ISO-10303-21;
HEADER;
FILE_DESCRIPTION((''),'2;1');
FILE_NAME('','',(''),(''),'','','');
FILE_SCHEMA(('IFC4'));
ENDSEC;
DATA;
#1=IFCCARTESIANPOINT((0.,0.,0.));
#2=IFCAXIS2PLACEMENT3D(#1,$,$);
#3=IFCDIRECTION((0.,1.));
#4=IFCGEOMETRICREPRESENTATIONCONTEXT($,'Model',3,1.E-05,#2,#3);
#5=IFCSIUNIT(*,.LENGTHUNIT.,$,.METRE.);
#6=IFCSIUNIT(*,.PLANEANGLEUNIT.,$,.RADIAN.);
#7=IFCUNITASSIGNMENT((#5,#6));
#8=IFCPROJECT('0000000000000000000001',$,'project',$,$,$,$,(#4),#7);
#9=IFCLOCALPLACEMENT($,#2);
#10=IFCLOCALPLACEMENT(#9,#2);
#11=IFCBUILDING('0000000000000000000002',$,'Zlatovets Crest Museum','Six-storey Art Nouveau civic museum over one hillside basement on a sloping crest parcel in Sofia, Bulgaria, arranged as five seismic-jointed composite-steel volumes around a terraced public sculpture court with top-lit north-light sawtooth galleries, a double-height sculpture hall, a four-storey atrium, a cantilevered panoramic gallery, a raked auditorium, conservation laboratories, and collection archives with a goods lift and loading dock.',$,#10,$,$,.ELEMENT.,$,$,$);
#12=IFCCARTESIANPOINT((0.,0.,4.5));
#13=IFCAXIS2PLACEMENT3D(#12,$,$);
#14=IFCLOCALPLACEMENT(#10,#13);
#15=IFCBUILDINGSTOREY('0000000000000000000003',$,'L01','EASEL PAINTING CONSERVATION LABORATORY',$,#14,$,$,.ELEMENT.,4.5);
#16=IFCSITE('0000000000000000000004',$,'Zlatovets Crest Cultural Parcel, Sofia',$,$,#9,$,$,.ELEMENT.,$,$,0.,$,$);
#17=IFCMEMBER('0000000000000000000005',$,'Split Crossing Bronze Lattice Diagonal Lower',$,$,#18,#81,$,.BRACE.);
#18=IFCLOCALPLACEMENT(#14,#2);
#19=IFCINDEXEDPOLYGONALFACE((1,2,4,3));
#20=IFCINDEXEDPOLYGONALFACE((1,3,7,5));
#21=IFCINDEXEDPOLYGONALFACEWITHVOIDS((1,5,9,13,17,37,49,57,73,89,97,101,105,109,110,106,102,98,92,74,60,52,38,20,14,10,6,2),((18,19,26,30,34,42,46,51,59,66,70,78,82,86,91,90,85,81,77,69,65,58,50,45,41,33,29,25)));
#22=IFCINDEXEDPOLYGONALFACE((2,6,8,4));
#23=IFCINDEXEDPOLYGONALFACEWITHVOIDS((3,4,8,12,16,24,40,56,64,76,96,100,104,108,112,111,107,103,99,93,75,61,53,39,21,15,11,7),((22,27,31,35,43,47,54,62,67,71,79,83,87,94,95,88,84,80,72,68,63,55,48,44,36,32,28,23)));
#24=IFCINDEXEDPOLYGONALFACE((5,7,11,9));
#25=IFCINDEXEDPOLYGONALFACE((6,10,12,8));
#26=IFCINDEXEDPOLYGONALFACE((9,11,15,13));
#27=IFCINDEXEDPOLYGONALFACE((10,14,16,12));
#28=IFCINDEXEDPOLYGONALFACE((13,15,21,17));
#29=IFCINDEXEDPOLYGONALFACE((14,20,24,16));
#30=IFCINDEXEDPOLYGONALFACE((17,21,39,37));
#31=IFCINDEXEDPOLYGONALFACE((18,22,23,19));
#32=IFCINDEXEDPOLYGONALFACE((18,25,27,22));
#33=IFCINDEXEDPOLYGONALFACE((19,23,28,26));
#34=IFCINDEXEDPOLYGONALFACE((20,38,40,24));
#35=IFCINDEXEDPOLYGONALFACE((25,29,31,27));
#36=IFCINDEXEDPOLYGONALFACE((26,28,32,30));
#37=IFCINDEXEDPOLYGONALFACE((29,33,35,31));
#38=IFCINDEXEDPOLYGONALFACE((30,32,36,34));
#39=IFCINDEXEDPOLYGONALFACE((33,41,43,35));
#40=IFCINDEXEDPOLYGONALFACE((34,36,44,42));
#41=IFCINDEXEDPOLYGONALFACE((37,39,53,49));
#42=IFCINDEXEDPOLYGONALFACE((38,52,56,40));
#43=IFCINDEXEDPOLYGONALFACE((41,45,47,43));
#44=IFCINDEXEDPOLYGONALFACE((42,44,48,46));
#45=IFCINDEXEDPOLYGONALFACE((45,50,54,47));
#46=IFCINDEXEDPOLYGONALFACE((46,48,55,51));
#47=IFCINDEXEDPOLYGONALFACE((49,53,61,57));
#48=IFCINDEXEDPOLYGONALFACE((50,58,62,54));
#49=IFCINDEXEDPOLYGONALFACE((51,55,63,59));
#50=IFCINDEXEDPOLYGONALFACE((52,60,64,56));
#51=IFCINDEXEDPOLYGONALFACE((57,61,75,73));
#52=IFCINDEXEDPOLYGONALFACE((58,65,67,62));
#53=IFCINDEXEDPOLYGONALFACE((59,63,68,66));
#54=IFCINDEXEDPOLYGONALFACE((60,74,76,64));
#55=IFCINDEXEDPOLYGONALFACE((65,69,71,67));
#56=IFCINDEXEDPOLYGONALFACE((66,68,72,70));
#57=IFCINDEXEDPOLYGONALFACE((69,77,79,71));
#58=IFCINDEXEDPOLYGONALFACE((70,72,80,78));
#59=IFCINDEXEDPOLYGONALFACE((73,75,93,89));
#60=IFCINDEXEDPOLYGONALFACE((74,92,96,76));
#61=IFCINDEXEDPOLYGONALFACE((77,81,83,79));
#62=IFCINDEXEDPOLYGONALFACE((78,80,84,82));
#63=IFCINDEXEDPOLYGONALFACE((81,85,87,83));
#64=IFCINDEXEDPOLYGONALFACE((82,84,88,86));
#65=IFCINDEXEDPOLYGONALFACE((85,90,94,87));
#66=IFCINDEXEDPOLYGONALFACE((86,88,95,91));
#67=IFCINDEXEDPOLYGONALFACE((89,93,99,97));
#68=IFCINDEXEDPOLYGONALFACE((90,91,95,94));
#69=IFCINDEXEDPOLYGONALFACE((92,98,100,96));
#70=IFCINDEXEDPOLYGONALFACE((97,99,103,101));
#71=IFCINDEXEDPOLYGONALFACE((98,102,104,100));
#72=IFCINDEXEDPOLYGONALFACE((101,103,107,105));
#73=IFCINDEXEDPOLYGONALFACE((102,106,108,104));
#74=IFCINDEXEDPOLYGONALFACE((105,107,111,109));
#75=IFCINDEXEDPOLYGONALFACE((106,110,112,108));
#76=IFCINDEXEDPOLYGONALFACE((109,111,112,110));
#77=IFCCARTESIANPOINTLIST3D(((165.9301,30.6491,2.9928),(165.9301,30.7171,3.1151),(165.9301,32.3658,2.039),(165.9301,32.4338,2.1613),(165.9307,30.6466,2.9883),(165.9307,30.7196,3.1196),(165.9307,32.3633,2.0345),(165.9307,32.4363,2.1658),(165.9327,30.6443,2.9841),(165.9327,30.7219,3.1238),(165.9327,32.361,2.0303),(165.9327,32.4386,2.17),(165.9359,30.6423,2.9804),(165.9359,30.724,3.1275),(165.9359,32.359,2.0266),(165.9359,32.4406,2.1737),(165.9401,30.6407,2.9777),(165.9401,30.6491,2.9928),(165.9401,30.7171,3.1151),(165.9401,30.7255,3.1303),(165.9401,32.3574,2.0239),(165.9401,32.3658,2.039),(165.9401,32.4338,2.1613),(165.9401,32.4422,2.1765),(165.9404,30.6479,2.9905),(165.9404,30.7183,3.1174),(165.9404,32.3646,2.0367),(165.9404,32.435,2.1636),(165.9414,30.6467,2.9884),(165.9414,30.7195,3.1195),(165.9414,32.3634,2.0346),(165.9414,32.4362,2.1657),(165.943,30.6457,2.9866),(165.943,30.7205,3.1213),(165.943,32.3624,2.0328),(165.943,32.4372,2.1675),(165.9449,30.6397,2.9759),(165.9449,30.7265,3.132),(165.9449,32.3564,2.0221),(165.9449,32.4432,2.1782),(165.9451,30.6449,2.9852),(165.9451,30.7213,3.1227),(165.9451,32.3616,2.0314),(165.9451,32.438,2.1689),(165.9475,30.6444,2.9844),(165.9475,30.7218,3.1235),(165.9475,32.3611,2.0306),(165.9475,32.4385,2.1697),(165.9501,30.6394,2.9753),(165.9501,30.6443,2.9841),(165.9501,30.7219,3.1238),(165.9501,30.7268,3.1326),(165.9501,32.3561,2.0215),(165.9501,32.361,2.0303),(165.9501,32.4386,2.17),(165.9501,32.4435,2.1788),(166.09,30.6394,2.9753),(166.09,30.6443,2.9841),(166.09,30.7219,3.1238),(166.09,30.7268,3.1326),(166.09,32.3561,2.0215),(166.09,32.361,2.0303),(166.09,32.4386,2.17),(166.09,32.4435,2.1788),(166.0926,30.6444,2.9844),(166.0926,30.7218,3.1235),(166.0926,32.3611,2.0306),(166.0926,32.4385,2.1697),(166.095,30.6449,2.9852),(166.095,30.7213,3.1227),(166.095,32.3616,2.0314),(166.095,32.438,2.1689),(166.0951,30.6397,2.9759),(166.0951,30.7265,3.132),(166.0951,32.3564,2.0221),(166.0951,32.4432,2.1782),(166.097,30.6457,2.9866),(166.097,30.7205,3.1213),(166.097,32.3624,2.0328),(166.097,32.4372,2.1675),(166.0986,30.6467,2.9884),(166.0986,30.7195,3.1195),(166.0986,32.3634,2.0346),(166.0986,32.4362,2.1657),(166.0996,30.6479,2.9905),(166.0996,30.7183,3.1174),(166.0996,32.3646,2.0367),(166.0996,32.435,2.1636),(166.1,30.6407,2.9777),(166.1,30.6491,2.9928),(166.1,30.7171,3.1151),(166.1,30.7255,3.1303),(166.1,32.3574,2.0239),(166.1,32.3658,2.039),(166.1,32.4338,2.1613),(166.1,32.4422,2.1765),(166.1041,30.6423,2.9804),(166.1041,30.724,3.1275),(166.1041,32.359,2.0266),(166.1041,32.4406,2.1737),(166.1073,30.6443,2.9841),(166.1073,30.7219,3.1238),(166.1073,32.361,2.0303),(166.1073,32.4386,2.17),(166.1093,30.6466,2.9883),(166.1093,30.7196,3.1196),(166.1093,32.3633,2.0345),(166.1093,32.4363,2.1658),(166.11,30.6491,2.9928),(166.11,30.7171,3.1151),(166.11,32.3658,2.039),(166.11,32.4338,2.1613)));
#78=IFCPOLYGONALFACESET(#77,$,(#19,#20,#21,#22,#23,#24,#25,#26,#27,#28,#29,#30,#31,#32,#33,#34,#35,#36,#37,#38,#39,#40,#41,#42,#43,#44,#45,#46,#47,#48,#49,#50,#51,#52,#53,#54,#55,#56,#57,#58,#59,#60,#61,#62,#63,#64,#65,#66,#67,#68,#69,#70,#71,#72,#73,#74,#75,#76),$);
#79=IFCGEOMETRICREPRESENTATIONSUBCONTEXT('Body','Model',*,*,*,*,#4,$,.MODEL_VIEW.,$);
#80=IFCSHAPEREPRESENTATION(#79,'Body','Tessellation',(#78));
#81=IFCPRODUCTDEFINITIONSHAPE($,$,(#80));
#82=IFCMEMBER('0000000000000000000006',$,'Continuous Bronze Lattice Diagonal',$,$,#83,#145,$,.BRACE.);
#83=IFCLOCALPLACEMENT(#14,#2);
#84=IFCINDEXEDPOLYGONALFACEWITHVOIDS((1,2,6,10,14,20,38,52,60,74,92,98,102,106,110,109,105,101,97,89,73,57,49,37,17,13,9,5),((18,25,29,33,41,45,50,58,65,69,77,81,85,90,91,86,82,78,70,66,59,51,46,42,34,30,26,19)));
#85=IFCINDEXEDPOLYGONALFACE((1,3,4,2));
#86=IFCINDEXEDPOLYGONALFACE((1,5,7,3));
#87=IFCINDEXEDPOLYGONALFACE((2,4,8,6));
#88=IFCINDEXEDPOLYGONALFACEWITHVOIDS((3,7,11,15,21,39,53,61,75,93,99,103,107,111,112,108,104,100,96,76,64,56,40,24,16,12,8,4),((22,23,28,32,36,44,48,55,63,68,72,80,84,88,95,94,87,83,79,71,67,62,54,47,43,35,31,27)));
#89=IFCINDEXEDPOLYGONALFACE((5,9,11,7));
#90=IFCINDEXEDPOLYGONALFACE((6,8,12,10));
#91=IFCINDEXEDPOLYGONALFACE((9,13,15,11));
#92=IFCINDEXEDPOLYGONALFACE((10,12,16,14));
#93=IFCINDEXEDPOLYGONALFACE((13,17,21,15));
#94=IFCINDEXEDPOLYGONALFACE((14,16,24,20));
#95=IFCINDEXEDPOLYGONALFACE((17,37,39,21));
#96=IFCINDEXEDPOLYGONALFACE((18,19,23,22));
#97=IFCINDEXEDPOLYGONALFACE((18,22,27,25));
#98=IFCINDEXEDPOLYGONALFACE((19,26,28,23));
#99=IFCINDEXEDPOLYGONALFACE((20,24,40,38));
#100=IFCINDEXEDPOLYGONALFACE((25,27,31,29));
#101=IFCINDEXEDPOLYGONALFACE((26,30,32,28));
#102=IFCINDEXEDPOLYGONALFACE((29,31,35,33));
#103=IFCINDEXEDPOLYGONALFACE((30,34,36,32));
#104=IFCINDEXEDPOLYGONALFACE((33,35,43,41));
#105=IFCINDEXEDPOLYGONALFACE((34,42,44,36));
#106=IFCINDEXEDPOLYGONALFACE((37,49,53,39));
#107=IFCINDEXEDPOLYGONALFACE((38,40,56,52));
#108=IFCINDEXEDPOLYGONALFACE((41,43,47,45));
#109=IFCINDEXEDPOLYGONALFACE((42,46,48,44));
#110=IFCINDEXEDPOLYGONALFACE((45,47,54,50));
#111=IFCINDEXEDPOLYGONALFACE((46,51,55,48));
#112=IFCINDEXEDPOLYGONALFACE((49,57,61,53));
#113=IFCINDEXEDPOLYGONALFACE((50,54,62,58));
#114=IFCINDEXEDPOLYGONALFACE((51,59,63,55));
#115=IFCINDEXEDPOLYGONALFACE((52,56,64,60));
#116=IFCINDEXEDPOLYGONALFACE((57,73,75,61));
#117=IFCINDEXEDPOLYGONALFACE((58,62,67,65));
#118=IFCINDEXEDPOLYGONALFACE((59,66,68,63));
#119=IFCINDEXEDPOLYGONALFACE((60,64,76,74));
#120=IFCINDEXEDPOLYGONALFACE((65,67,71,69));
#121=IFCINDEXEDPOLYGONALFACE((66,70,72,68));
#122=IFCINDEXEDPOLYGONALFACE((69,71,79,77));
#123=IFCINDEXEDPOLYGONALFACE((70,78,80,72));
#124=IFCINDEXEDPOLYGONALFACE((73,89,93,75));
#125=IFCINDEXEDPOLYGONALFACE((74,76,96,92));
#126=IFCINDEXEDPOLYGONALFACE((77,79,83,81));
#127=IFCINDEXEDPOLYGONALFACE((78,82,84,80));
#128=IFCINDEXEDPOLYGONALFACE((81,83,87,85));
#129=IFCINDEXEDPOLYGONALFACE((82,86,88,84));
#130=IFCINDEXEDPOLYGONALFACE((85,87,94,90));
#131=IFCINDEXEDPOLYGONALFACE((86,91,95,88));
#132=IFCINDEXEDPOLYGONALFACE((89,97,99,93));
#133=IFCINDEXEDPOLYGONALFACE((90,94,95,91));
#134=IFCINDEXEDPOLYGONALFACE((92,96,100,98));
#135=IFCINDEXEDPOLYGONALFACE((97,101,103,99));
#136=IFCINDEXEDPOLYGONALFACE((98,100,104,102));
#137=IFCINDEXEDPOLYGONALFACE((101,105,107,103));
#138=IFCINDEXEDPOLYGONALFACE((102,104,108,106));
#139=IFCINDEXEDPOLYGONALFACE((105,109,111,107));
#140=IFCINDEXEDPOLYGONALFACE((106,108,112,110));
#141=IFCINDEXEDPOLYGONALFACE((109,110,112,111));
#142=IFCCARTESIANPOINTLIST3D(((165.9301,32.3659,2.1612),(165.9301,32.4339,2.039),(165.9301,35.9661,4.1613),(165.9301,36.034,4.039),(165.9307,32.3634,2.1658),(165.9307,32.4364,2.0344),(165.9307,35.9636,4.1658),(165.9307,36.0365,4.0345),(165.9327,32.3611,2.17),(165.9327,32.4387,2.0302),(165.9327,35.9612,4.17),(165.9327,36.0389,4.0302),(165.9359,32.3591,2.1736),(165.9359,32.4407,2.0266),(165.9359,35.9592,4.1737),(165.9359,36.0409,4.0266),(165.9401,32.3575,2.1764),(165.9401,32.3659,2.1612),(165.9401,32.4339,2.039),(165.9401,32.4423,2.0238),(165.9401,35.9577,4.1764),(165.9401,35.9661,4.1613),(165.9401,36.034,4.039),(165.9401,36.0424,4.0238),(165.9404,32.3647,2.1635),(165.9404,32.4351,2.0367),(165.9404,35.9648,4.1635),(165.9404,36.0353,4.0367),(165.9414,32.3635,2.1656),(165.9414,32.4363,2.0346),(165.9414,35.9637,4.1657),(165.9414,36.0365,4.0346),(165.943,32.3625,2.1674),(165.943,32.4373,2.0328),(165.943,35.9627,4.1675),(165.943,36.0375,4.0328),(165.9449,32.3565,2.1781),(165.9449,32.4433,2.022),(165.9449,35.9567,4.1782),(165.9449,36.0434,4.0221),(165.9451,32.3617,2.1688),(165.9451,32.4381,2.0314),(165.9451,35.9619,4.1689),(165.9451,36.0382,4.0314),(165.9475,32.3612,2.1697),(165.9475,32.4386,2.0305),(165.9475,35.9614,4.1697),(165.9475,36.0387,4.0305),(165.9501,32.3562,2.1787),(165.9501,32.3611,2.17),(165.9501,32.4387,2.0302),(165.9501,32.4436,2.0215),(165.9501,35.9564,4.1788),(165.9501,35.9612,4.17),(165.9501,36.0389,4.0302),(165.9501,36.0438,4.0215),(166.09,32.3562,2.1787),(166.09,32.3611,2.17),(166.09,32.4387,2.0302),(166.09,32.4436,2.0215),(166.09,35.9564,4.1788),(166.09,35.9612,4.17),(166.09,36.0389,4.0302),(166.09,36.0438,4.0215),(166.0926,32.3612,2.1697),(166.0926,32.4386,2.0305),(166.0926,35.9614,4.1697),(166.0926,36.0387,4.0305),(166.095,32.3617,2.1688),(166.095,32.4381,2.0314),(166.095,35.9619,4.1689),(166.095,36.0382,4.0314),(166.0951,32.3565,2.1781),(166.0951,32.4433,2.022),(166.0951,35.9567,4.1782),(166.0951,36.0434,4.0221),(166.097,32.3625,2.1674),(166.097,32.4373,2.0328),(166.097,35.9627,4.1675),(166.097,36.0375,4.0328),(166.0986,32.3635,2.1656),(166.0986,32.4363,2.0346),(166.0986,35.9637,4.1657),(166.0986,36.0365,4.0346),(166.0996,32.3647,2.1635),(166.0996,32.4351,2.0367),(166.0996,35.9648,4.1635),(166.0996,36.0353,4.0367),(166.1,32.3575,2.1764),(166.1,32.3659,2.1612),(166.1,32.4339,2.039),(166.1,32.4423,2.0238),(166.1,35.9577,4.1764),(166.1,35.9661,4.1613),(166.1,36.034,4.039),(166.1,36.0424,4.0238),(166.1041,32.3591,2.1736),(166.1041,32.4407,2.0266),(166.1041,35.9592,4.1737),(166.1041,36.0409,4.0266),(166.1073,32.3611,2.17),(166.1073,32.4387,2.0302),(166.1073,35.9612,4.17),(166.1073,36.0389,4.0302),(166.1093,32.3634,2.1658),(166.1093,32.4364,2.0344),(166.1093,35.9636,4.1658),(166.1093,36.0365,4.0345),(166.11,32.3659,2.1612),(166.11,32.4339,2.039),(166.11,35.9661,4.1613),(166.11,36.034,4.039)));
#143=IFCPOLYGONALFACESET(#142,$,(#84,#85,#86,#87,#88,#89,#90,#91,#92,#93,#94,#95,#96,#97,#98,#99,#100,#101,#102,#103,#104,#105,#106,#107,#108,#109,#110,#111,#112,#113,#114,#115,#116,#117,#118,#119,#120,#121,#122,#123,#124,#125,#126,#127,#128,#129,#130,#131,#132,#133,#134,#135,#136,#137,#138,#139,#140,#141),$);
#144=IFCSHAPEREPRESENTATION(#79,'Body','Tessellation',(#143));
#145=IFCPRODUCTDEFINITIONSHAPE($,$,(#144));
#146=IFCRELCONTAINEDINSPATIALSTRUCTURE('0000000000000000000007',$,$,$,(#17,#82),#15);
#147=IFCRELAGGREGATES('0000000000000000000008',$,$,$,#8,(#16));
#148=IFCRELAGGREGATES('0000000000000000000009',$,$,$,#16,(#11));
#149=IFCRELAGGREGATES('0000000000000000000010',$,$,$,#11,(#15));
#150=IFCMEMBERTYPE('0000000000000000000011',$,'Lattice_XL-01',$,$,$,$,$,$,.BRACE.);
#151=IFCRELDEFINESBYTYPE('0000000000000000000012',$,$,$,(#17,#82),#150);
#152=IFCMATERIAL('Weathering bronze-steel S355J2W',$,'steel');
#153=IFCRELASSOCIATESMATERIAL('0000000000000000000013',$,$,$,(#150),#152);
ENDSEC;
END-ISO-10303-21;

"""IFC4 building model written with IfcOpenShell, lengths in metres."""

from ifc_helpers import new_model, si_unit, direction, frame, origin, origin_2d, place, context, subcontext, project, spatial, hollow_rectangle, extrude, material, material_profile, profile_set, type_object, element, save


model = new_model("IFC4")

# Units and contexts
model_context = context("Model", 3, precision=1e-05, world=origin(), true_north=direction((0.0, 1.0)))
body_context = subcontext(model_context, "Body", "Model", "MODEL_VIEW")
ifc_project = project(units=[si_unit("LENGTHUNIT", "METRE"), si_unit("PLANEANGLEUNIT", "RADIAN")], contexts=[model_context])

# Site, building, storey
site_placement = place(None, origin())
site = spatial("IfcSite", under=ifc_project, at=site_placement, Name="Zlatovets Crest Cultural Parcel, Sofia", CompositionType="ELEMENT", RefElevation=0.0)
building_placement = place(site_placement, origin())
building = spatial("IfcBuilding", under=site, at=building_placement, Name="Zlatovets Crest Museum", Description="Six-storey Art Nouveau civic museum over one hillside basement on a sloping crest parcel in Sofia, Bulgaria, arranged as five seismic-jointed composite-steel volumes around a terraced public sculpture court with top-lit north-light sawtooth galleries, a double-height sculpture hall, a four-storey atrium, a cantilevered panoramic gallery, a raked auditorium, conservation laboratories, and collection archives with a goods lift and loading dock.", CompositionType="ELEMENT")
storey_placement = place(building_placement, frame((0.0, 0.0, 4.5)))
storey = spatial("IfcBuildingStorey", under=building, at=storey_placement, Name="L01", Description="EASEL PAINTING CONSERVATION LABORATORY", CompositionType="ELEMENT", Elevation=4.5)

# Members
ifc_material_1 = material(Name="Weathering bronze-steel S355J2W", Category="steel")
ifc_material_profile_1 = material_profile(ifc_material_1, hollow_rectangle(XDim=0.1799, YDim=0.1799, WallThickness=0.01, InnerFilletRadius=0.01, OuterFilletRadius=0.02, at=origin_2d()), Name="SHS 180x180x10.0")
ifc_profile_set_1 = profile_set([ifc_material_profile_1], Name="Weathering bronze-steel S355J2W")
member_type_1 = type_object("IfcMemberType", Name="Lattice_XL-01", PredefinedType="BRACE", material=ifc_profile_set_1)
member_1_placement = place(storey_placement, frame((166.02, 30.6831, 3.054), z_axis=(0.0, 0.87414, -0.485675), x_axis=(-1.0, 0.0, 0.0)))
element("IfcMember", 1, at=member_1_placement, inside=storey, type_object=member_type_1, Name="Split Crossing Bronze Lattice Diagonal Lower", PredefinedType="BRACE", context=body_context, shape_type="SweptSolid", body=[
    extrude(hollow_rectangle(XDim=0.1799, YDim=0.1799, WallThickness=0.01, InnerFilletRadius=0.01, OuterFilletRadius=0.02, at=origin_2d()), origin(), (0.0, 0.0, 1.0), 1.9639),
])
member_2_placement = place(storey_placement, frame((166.02, 32.3999, 2.1001), z_axis=(0.0, 0.874163, 0.485633), x_axis=(-1.0, 0.0, 0.0)))
element("IfcMember", 2, at=member_2_placement, inside=storey, type_object=member_type_1, Name="Continuous Bronze Lattice Diagonal", PredefinedType="BRACE", context=body_context, shape_type="SweptSolid", body=[
    extrude(hollow_rectangle(XDim=0.1799, YDim=0.1799, WallThickness=0.01, InnerFilletRadius=0.01, OuterFilletRadius=0.02, at=origin_2d()), origin(), (0.0, 0.0, 1.0), 4.1184),
])

save(model, "model.ifc")
